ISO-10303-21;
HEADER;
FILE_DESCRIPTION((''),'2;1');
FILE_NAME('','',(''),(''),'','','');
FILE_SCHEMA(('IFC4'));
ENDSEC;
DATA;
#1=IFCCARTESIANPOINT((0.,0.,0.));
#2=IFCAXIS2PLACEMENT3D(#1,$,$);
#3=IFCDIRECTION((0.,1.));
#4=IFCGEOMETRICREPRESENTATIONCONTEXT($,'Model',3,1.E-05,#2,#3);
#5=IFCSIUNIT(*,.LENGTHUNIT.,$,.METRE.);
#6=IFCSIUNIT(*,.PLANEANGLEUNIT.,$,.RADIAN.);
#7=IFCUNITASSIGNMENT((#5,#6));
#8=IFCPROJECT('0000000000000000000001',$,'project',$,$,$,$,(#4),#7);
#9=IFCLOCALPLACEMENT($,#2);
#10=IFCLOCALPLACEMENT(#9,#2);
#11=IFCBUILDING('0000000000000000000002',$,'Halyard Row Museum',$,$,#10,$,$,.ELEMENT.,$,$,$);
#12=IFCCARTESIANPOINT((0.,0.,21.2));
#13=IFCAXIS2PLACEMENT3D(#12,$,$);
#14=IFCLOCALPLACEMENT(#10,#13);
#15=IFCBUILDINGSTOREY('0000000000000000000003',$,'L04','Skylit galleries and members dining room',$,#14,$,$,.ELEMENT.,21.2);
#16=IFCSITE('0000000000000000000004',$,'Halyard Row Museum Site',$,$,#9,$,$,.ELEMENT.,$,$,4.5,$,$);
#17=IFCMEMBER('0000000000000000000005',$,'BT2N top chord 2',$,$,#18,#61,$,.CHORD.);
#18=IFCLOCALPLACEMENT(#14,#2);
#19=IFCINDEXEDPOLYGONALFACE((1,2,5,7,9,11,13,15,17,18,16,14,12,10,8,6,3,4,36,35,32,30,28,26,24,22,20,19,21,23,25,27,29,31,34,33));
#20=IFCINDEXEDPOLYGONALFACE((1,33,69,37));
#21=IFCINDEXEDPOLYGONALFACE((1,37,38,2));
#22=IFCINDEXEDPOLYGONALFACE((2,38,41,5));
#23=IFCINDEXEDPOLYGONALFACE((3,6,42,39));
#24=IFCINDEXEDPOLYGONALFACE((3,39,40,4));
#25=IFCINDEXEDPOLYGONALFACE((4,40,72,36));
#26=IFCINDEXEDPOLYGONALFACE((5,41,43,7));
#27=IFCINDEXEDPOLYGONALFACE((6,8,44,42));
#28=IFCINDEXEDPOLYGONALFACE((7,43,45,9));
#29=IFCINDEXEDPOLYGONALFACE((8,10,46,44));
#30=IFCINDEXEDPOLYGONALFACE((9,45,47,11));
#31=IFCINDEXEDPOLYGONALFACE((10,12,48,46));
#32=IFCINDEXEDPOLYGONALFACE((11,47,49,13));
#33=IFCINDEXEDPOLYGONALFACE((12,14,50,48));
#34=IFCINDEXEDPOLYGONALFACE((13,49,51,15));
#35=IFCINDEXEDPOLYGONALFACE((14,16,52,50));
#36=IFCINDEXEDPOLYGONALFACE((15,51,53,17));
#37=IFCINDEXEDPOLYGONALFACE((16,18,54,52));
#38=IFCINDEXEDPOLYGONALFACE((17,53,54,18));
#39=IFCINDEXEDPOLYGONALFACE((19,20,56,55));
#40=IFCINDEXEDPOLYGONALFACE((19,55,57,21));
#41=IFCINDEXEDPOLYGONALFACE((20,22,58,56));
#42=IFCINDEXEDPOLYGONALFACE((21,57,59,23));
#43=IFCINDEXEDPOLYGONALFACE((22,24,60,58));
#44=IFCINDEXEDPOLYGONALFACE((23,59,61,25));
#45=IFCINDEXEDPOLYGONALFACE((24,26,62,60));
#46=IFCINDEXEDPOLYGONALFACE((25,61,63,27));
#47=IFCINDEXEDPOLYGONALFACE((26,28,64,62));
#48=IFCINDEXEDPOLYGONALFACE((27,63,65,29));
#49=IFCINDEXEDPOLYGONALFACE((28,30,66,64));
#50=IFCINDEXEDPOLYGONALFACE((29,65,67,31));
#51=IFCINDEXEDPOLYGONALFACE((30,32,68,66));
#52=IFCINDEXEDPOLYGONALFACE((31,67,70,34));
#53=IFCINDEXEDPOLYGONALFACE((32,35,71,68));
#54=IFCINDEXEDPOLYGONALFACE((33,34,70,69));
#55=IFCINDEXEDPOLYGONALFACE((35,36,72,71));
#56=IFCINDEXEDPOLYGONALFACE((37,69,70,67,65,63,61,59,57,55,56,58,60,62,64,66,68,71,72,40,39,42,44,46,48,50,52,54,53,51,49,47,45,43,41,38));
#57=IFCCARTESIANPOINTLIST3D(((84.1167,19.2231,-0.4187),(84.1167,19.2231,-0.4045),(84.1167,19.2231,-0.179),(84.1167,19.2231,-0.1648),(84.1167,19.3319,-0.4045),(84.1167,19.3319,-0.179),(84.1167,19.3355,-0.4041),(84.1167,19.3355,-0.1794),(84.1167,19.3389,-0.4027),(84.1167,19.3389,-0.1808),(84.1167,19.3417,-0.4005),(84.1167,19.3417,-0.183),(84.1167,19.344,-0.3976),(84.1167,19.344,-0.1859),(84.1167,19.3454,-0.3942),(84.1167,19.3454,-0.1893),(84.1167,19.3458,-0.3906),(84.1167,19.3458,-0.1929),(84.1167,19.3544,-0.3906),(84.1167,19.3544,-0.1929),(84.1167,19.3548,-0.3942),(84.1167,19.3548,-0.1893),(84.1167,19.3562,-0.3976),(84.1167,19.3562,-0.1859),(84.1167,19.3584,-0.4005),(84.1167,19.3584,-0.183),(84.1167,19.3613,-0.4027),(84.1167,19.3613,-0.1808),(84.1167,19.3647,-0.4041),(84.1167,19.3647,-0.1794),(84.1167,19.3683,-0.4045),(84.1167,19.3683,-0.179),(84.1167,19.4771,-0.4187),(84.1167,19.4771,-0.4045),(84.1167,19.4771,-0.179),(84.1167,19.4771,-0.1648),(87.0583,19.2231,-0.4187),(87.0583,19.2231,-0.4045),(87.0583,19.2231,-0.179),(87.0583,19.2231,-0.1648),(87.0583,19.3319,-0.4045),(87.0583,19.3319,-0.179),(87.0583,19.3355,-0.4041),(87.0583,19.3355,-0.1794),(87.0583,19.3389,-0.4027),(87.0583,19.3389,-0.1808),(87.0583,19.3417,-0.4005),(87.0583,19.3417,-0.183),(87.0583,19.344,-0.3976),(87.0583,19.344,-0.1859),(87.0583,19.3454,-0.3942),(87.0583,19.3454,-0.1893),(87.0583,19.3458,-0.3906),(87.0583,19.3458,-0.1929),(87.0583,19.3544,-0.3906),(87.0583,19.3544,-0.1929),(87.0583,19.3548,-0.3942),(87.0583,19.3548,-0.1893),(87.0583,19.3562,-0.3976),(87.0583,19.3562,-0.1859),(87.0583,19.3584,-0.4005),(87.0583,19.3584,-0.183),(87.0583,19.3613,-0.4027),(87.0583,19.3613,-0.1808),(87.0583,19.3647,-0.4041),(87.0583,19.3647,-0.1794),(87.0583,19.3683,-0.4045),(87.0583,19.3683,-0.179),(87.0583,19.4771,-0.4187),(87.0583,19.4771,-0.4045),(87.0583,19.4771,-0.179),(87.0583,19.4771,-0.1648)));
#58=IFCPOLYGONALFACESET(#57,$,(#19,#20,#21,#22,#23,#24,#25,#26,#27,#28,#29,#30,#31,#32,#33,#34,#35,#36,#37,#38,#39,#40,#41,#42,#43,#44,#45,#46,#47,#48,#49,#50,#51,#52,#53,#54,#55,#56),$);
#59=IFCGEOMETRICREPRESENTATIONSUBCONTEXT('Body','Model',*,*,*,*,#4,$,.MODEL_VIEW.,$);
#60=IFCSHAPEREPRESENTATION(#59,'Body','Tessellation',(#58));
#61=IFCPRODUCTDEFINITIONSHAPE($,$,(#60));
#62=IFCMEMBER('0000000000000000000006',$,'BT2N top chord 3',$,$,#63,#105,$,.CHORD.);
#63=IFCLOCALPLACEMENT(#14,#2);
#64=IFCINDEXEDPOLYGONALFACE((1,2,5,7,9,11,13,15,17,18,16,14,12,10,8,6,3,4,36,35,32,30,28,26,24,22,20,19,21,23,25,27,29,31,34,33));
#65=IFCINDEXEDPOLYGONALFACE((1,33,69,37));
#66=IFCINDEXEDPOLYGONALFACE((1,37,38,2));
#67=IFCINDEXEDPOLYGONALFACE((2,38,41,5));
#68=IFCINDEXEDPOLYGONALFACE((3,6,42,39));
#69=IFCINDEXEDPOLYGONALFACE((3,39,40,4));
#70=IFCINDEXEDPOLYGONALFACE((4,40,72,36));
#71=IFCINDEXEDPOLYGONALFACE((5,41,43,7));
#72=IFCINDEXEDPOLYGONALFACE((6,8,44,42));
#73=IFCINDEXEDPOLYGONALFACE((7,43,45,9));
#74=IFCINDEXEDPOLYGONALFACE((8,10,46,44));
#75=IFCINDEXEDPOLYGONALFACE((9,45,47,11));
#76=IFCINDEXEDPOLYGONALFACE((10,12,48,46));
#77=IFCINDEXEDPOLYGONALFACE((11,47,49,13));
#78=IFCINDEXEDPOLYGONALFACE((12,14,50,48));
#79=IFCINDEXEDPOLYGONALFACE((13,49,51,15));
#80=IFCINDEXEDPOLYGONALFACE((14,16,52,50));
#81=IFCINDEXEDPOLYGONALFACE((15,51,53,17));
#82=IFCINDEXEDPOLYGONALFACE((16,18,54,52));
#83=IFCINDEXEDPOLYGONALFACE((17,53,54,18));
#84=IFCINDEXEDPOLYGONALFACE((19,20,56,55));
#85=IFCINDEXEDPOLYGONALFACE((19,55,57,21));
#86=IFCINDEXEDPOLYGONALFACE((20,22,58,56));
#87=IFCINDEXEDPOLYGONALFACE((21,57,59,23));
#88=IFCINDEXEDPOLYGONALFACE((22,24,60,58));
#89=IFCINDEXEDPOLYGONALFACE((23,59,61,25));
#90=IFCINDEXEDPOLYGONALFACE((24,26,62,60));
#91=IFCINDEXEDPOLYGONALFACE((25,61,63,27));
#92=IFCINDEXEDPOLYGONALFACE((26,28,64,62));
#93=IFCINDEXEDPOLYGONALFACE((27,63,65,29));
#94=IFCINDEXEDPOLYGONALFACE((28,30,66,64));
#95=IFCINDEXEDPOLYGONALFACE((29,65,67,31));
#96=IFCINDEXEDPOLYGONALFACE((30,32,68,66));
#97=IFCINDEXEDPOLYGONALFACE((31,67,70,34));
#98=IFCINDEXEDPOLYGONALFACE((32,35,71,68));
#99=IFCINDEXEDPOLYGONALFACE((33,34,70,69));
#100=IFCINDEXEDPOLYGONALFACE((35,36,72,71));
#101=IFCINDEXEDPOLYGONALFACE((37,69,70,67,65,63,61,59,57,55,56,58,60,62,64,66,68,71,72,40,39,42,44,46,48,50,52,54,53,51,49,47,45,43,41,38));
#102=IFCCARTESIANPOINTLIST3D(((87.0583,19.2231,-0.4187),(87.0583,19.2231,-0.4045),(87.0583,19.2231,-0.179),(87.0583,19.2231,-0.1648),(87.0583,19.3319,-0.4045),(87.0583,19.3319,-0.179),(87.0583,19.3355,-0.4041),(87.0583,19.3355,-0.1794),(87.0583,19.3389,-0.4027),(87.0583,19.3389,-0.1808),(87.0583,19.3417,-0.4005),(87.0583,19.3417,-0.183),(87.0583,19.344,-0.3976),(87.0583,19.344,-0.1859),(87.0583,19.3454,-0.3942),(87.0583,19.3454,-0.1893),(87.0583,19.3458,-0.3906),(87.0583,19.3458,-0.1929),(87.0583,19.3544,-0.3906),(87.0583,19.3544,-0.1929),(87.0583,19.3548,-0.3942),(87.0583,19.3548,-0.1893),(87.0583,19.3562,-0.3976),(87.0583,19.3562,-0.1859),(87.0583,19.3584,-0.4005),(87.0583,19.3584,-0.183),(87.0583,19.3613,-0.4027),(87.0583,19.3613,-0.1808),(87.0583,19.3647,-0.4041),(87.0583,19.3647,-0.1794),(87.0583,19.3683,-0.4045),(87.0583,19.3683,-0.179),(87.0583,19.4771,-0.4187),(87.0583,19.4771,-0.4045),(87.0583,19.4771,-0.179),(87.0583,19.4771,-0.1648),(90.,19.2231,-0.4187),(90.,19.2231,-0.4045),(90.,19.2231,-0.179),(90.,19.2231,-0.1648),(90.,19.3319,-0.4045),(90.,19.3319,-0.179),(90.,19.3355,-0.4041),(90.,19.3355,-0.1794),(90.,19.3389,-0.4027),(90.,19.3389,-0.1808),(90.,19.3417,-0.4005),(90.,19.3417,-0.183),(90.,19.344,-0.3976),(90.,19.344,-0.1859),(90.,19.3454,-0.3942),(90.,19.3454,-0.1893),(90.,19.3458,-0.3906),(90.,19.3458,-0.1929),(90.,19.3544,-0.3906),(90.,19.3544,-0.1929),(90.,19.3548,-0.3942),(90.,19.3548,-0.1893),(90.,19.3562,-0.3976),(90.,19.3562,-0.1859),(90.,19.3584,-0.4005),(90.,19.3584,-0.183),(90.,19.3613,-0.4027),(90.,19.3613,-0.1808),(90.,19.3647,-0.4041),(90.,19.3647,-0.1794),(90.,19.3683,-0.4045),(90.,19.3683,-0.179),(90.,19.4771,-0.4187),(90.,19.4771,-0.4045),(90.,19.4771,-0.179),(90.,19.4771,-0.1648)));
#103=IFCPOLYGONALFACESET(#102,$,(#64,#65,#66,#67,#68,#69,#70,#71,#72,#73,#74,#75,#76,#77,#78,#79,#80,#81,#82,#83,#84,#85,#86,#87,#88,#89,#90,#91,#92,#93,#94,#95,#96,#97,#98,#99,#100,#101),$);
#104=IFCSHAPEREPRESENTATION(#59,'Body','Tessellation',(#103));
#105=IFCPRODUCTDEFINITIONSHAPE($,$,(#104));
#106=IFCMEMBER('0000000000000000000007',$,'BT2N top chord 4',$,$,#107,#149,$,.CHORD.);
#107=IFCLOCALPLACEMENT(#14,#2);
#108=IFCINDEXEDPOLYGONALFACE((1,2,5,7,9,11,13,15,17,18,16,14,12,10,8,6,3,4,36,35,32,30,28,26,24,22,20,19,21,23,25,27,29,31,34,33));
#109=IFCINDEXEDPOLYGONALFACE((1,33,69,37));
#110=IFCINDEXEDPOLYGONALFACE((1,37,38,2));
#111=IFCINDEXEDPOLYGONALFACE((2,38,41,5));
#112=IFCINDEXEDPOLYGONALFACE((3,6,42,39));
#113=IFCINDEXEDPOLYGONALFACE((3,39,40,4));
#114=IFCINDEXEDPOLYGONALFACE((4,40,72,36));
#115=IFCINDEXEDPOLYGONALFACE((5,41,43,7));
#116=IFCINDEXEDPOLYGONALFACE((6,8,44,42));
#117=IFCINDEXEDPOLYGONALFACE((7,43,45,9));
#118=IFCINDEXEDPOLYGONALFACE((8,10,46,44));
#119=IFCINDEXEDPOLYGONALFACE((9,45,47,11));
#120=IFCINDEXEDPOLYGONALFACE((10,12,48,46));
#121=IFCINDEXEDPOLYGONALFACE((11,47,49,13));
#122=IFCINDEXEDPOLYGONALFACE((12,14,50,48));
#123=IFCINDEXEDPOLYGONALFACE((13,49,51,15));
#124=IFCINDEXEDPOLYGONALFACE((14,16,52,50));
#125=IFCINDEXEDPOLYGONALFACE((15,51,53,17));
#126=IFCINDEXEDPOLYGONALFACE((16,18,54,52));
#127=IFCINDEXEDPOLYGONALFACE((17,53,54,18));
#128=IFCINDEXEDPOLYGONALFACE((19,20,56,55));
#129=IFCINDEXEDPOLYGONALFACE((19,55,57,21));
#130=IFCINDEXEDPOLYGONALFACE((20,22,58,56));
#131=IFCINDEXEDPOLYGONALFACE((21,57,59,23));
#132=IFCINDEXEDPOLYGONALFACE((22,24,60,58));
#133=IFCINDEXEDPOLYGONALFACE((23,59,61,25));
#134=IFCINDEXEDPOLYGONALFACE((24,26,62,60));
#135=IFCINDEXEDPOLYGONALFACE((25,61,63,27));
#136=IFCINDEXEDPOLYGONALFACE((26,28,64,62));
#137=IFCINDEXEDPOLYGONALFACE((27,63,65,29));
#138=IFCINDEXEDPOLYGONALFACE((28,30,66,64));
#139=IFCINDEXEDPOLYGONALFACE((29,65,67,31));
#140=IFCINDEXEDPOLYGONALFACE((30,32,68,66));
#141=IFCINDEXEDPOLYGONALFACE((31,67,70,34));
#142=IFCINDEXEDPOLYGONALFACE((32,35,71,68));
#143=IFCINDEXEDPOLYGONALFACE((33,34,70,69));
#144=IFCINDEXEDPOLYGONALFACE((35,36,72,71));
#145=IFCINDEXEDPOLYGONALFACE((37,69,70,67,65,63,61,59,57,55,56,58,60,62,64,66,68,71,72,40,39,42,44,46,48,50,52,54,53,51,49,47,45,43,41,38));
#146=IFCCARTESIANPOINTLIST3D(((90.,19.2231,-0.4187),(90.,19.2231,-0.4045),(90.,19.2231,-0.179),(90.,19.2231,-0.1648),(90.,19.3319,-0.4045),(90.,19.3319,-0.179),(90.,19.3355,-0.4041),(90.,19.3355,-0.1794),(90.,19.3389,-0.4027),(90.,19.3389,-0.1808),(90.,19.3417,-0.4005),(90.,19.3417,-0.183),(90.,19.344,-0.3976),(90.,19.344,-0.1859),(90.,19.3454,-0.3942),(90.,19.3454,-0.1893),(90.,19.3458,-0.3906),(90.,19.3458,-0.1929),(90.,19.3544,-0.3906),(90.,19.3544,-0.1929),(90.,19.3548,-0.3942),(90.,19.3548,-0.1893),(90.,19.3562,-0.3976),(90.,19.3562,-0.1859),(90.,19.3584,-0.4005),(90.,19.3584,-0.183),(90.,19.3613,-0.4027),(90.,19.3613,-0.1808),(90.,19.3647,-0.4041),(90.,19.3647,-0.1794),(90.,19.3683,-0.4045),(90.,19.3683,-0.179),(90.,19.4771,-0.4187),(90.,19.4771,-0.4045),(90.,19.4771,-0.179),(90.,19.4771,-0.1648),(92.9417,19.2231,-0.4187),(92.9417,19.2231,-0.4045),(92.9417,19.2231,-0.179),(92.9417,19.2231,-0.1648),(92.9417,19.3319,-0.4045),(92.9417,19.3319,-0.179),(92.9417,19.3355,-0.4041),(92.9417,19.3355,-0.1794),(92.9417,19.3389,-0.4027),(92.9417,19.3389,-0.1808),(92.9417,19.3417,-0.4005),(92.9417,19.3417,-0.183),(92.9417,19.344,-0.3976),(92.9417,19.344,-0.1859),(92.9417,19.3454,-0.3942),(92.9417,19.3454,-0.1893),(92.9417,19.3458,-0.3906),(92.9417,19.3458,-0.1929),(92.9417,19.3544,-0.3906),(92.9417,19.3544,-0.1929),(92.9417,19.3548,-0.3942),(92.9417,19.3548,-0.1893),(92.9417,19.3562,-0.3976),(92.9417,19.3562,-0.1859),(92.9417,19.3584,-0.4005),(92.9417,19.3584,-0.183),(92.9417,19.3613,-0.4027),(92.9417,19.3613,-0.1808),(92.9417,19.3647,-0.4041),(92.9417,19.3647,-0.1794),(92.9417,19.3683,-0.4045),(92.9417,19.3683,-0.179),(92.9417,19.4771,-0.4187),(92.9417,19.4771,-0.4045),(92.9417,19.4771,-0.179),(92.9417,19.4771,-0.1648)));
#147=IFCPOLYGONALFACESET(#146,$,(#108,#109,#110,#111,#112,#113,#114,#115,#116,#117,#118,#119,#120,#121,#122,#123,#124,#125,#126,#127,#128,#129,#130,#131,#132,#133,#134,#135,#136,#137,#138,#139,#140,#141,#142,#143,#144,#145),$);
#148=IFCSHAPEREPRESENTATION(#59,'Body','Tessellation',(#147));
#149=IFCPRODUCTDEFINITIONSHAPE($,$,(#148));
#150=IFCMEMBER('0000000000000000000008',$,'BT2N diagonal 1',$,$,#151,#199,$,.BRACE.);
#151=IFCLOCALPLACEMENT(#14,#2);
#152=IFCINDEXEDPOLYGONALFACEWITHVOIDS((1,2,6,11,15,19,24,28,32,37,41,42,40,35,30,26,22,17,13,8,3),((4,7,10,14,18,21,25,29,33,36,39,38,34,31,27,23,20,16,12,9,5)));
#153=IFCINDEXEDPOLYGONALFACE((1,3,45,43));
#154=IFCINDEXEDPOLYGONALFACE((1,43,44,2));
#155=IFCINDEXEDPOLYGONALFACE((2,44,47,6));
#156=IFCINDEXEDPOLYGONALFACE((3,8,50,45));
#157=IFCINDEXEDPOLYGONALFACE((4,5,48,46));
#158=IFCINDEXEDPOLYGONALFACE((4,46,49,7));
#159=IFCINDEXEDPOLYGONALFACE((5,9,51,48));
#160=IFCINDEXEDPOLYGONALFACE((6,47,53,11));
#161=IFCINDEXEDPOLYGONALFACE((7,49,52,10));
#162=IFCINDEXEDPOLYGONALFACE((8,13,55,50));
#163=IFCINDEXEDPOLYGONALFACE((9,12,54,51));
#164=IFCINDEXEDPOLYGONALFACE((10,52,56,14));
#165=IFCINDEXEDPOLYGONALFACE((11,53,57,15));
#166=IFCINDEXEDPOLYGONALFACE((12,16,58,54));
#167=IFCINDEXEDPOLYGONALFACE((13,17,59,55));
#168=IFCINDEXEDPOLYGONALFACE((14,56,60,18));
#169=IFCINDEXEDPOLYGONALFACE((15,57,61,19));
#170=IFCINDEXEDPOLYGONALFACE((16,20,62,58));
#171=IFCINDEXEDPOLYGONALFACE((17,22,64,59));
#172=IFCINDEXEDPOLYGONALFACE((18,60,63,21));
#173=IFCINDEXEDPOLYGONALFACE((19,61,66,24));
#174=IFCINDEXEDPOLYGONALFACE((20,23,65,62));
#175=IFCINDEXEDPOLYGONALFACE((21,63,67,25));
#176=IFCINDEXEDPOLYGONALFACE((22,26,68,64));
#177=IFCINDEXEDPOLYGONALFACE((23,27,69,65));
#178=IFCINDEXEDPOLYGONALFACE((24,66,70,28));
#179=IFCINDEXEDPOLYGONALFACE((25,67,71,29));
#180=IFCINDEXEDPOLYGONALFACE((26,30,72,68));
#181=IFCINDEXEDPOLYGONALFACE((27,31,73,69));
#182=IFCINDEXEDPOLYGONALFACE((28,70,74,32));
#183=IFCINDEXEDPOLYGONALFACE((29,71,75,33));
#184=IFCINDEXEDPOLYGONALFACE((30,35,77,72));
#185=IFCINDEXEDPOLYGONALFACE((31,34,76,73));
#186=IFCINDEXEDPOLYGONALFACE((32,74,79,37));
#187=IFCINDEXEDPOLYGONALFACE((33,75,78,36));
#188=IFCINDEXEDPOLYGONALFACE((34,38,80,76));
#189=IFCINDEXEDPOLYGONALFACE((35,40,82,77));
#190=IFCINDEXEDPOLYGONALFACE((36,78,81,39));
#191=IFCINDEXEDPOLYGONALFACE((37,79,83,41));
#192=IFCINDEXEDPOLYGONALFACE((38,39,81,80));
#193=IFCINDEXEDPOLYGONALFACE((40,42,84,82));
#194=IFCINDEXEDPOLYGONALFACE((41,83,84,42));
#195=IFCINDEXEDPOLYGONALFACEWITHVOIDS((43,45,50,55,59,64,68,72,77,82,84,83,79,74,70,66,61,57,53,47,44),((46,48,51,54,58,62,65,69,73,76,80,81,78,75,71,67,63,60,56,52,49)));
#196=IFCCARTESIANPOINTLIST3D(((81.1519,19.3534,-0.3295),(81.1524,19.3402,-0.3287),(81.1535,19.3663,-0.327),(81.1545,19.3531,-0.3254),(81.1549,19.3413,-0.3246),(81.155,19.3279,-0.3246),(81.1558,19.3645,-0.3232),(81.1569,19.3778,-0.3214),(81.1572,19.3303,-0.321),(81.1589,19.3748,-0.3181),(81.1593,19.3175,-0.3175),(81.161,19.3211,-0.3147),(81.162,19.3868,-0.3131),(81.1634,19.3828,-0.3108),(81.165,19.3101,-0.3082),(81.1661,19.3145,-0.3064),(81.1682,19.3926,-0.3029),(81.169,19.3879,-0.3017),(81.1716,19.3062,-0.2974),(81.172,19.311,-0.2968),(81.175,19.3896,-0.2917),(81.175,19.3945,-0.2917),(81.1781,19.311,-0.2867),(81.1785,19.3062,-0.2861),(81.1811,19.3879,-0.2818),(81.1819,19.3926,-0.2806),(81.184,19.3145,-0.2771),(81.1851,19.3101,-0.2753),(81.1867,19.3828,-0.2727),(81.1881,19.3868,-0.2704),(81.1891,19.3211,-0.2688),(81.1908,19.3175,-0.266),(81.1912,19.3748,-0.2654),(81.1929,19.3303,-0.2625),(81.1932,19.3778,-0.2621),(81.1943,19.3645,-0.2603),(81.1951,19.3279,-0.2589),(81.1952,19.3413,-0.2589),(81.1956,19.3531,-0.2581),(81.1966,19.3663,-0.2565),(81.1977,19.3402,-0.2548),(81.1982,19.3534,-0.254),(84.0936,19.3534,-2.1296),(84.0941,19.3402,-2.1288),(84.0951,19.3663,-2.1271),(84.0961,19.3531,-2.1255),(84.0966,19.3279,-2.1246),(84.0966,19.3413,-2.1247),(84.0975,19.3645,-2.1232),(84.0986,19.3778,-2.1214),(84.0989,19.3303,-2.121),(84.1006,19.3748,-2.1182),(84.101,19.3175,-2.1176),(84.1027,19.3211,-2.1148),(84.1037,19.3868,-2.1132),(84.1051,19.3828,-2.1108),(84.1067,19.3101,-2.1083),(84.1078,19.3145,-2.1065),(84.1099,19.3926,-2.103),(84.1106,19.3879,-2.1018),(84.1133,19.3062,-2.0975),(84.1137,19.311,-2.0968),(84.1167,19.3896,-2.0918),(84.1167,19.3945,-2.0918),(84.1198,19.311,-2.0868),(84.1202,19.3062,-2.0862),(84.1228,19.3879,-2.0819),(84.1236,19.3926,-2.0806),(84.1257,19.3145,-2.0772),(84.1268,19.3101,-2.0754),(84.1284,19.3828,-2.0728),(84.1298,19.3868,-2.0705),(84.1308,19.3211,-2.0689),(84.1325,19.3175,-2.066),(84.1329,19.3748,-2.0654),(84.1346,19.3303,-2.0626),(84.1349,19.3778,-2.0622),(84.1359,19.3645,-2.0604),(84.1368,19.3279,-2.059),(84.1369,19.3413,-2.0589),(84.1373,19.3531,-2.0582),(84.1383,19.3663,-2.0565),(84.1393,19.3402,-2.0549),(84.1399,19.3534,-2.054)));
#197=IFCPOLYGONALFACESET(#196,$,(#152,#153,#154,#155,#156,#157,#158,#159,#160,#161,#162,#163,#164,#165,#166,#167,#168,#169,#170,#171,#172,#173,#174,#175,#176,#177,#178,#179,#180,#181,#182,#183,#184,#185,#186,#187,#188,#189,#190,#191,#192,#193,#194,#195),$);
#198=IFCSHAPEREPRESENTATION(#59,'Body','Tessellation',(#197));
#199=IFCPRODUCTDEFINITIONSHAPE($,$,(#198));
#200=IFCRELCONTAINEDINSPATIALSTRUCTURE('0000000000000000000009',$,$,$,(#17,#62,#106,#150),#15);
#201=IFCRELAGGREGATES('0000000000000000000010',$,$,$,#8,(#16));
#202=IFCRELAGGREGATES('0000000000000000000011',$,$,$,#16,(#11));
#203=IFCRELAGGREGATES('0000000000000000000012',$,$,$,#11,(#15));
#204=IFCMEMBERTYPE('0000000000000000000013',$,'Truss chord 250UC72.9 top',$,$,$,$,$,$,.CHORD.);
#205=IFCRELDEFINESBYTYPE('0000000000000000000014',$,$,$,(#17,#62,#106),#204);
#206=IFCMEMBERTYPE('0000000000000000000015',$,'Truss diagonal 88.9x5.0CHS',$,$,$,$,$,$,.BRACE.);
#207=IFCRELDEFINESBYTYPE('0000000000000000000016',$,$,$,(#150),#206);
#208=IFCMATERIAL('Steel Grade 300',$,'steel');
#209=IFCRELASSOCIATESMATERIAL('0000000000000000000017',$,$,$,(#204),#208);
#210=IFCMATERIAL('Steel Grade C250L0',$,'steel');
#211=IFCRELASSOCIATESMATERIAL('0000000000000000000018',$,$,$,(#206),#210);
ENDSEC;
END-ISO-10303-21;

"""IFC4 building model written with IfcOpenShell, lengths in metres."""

from ifc_helpers import new_model, si_unit, direction, frame, origin, origin_2d, place, context, subcontext, project, spatial, hollow_circle, i_section, extrude, material, material_profile, profile_set, type_object, element, save


model = new_model("IFC4")

# Units and contexts
model_context = context("Model", 3, precision=1e-05, world=origin(), true_north=direction((0.0, 1.0)))
body_context = subcontext(model_context, "Body", "Model", "MODEL_VIEW")
ifc_project = project(units=[si_unit("LENGTHUNIT", "METRE"), si_unit("PLANEANGLEUNIT", "RADIAN")], contexts=[model_context])

# Site, building, storey
site_placement = place(None, origin())
site = spatial("IfcSite", under=ifc_project, at=site_placement, Name="Halyard Row Museum Site", CompositionType="ELEMENT", RefElevation=4.5)
building_placement = place(site_placement, origin())
building = spatial("IfcBuilding", under=site, at=building_placement, Name="Halyard Row Museum", CompositionType="ELEMENT")
storey_placement = place(building_placement, frame((0.0, 0.0, 21.2)))
storey = spatial("IfcBuildingStorey", under=building, at=storey_placement, Name="L04", Description="Skylit galleries and members dining room", CompositionType="ELEMENT", Elevation=21.2)

# Members
ifc_material_1 = material(Name="Steel Grade 300", Category="steel")
ifc_material_profile_1 = material_profile(ifc_material_1, i_section(OverallWidth=0.2539, OverallDepth=0.2539, WebThickness=0.0085, FlangeThickness=0.0142, FilletRadius=0.0139, at=origin_2d()), Name="250UC72.9")
ifc_profile_set_1 = profile_set([ifc_material_profile_1], Name="Steel Grade 300")
member_type_1 = type_object("IfcMemberType", Name="Truss chord 250UC72.9 top", PredefinedType="CHORD", material=ifc_profile_set_1)
for number, where, z_axis, x_axis, name in (
    (1, (84.1167, 19.3501, -0.2917), (1.0, 0.0, 0.0), (0.0, 1.0, 0.0), "BT2N top chord 2"),
    (2, (87.0583, 19.3501, -0.2917), (1.0, 0.0, 0.0), (0.0, 1.0, 0.0), "BT2N top chord 3"),
    (3, (90.0, 19.3501, -0.2917), (1.0, 0.0, 0.0), (0.0, 1.0, 0.0), "BT2N top chord 4"),
):
    element("IfcMember", number, at=place(storey_placement, frame(where, z_axis=z_axis, x_axis=x_axis)), inside=storey, type_object=member_type_1, Name=name, PredefinedType="CHORD", context=body_context, shape_type="SweptSolid", body=[
        extrude(i_section(OverallWidth=0.2539, OverallDepth=0.2539, WebThickness=0.0085, FlangeThickness=0.0142, FilletRadius=0.0139, at=origin_2d()), origin(), (0.0, 0.0, 1.0), 2.9417),
    ])
ifc_material_2 = material(Name="Steel Grade C250L0", Category="steel")
ifc_material_profile_2 = material_profile(ifc_material_2, hollow_circle(Radius=0.0444, WallThickness=0.0049, at=origin_2d()), Name="88.9x5.0CHS")
ifc_profile_set_2 = profile_set([ifc_material_profile_2], Name="Steel Grade C250L0")
member_type_2 = type_object("IfcMemberType", Name="Truss diagonal 88.9x5.0CHS", PredefinedType="BRACE", material=ifc_profile_set_2)
for number, where, z_axis, x_axis, name in (
    (4, (81.175, 19.3501, -0.2917), (0.852975, 0.0, -0.521951), (0.0, 1.0, 0.0), "BT2N diagonal 1"),
):
    element("IfcMember", number, at=place(storey_placement, frame(where, z_axis=z_axis, x_axis=x_axis)), inside=storey, type_object=member_type_2, Name=name, PredefinedType="BRACE", context=body_context, shape_type="SweptSolid", body=[
        extrude(hollow_circle(Radius=0.0444, WallThickness=0.0049, at=origin_2d()), origin(), (0.0, 0.0, 1.0), 3.4487),
    ])

save(model, "model.ifc")
